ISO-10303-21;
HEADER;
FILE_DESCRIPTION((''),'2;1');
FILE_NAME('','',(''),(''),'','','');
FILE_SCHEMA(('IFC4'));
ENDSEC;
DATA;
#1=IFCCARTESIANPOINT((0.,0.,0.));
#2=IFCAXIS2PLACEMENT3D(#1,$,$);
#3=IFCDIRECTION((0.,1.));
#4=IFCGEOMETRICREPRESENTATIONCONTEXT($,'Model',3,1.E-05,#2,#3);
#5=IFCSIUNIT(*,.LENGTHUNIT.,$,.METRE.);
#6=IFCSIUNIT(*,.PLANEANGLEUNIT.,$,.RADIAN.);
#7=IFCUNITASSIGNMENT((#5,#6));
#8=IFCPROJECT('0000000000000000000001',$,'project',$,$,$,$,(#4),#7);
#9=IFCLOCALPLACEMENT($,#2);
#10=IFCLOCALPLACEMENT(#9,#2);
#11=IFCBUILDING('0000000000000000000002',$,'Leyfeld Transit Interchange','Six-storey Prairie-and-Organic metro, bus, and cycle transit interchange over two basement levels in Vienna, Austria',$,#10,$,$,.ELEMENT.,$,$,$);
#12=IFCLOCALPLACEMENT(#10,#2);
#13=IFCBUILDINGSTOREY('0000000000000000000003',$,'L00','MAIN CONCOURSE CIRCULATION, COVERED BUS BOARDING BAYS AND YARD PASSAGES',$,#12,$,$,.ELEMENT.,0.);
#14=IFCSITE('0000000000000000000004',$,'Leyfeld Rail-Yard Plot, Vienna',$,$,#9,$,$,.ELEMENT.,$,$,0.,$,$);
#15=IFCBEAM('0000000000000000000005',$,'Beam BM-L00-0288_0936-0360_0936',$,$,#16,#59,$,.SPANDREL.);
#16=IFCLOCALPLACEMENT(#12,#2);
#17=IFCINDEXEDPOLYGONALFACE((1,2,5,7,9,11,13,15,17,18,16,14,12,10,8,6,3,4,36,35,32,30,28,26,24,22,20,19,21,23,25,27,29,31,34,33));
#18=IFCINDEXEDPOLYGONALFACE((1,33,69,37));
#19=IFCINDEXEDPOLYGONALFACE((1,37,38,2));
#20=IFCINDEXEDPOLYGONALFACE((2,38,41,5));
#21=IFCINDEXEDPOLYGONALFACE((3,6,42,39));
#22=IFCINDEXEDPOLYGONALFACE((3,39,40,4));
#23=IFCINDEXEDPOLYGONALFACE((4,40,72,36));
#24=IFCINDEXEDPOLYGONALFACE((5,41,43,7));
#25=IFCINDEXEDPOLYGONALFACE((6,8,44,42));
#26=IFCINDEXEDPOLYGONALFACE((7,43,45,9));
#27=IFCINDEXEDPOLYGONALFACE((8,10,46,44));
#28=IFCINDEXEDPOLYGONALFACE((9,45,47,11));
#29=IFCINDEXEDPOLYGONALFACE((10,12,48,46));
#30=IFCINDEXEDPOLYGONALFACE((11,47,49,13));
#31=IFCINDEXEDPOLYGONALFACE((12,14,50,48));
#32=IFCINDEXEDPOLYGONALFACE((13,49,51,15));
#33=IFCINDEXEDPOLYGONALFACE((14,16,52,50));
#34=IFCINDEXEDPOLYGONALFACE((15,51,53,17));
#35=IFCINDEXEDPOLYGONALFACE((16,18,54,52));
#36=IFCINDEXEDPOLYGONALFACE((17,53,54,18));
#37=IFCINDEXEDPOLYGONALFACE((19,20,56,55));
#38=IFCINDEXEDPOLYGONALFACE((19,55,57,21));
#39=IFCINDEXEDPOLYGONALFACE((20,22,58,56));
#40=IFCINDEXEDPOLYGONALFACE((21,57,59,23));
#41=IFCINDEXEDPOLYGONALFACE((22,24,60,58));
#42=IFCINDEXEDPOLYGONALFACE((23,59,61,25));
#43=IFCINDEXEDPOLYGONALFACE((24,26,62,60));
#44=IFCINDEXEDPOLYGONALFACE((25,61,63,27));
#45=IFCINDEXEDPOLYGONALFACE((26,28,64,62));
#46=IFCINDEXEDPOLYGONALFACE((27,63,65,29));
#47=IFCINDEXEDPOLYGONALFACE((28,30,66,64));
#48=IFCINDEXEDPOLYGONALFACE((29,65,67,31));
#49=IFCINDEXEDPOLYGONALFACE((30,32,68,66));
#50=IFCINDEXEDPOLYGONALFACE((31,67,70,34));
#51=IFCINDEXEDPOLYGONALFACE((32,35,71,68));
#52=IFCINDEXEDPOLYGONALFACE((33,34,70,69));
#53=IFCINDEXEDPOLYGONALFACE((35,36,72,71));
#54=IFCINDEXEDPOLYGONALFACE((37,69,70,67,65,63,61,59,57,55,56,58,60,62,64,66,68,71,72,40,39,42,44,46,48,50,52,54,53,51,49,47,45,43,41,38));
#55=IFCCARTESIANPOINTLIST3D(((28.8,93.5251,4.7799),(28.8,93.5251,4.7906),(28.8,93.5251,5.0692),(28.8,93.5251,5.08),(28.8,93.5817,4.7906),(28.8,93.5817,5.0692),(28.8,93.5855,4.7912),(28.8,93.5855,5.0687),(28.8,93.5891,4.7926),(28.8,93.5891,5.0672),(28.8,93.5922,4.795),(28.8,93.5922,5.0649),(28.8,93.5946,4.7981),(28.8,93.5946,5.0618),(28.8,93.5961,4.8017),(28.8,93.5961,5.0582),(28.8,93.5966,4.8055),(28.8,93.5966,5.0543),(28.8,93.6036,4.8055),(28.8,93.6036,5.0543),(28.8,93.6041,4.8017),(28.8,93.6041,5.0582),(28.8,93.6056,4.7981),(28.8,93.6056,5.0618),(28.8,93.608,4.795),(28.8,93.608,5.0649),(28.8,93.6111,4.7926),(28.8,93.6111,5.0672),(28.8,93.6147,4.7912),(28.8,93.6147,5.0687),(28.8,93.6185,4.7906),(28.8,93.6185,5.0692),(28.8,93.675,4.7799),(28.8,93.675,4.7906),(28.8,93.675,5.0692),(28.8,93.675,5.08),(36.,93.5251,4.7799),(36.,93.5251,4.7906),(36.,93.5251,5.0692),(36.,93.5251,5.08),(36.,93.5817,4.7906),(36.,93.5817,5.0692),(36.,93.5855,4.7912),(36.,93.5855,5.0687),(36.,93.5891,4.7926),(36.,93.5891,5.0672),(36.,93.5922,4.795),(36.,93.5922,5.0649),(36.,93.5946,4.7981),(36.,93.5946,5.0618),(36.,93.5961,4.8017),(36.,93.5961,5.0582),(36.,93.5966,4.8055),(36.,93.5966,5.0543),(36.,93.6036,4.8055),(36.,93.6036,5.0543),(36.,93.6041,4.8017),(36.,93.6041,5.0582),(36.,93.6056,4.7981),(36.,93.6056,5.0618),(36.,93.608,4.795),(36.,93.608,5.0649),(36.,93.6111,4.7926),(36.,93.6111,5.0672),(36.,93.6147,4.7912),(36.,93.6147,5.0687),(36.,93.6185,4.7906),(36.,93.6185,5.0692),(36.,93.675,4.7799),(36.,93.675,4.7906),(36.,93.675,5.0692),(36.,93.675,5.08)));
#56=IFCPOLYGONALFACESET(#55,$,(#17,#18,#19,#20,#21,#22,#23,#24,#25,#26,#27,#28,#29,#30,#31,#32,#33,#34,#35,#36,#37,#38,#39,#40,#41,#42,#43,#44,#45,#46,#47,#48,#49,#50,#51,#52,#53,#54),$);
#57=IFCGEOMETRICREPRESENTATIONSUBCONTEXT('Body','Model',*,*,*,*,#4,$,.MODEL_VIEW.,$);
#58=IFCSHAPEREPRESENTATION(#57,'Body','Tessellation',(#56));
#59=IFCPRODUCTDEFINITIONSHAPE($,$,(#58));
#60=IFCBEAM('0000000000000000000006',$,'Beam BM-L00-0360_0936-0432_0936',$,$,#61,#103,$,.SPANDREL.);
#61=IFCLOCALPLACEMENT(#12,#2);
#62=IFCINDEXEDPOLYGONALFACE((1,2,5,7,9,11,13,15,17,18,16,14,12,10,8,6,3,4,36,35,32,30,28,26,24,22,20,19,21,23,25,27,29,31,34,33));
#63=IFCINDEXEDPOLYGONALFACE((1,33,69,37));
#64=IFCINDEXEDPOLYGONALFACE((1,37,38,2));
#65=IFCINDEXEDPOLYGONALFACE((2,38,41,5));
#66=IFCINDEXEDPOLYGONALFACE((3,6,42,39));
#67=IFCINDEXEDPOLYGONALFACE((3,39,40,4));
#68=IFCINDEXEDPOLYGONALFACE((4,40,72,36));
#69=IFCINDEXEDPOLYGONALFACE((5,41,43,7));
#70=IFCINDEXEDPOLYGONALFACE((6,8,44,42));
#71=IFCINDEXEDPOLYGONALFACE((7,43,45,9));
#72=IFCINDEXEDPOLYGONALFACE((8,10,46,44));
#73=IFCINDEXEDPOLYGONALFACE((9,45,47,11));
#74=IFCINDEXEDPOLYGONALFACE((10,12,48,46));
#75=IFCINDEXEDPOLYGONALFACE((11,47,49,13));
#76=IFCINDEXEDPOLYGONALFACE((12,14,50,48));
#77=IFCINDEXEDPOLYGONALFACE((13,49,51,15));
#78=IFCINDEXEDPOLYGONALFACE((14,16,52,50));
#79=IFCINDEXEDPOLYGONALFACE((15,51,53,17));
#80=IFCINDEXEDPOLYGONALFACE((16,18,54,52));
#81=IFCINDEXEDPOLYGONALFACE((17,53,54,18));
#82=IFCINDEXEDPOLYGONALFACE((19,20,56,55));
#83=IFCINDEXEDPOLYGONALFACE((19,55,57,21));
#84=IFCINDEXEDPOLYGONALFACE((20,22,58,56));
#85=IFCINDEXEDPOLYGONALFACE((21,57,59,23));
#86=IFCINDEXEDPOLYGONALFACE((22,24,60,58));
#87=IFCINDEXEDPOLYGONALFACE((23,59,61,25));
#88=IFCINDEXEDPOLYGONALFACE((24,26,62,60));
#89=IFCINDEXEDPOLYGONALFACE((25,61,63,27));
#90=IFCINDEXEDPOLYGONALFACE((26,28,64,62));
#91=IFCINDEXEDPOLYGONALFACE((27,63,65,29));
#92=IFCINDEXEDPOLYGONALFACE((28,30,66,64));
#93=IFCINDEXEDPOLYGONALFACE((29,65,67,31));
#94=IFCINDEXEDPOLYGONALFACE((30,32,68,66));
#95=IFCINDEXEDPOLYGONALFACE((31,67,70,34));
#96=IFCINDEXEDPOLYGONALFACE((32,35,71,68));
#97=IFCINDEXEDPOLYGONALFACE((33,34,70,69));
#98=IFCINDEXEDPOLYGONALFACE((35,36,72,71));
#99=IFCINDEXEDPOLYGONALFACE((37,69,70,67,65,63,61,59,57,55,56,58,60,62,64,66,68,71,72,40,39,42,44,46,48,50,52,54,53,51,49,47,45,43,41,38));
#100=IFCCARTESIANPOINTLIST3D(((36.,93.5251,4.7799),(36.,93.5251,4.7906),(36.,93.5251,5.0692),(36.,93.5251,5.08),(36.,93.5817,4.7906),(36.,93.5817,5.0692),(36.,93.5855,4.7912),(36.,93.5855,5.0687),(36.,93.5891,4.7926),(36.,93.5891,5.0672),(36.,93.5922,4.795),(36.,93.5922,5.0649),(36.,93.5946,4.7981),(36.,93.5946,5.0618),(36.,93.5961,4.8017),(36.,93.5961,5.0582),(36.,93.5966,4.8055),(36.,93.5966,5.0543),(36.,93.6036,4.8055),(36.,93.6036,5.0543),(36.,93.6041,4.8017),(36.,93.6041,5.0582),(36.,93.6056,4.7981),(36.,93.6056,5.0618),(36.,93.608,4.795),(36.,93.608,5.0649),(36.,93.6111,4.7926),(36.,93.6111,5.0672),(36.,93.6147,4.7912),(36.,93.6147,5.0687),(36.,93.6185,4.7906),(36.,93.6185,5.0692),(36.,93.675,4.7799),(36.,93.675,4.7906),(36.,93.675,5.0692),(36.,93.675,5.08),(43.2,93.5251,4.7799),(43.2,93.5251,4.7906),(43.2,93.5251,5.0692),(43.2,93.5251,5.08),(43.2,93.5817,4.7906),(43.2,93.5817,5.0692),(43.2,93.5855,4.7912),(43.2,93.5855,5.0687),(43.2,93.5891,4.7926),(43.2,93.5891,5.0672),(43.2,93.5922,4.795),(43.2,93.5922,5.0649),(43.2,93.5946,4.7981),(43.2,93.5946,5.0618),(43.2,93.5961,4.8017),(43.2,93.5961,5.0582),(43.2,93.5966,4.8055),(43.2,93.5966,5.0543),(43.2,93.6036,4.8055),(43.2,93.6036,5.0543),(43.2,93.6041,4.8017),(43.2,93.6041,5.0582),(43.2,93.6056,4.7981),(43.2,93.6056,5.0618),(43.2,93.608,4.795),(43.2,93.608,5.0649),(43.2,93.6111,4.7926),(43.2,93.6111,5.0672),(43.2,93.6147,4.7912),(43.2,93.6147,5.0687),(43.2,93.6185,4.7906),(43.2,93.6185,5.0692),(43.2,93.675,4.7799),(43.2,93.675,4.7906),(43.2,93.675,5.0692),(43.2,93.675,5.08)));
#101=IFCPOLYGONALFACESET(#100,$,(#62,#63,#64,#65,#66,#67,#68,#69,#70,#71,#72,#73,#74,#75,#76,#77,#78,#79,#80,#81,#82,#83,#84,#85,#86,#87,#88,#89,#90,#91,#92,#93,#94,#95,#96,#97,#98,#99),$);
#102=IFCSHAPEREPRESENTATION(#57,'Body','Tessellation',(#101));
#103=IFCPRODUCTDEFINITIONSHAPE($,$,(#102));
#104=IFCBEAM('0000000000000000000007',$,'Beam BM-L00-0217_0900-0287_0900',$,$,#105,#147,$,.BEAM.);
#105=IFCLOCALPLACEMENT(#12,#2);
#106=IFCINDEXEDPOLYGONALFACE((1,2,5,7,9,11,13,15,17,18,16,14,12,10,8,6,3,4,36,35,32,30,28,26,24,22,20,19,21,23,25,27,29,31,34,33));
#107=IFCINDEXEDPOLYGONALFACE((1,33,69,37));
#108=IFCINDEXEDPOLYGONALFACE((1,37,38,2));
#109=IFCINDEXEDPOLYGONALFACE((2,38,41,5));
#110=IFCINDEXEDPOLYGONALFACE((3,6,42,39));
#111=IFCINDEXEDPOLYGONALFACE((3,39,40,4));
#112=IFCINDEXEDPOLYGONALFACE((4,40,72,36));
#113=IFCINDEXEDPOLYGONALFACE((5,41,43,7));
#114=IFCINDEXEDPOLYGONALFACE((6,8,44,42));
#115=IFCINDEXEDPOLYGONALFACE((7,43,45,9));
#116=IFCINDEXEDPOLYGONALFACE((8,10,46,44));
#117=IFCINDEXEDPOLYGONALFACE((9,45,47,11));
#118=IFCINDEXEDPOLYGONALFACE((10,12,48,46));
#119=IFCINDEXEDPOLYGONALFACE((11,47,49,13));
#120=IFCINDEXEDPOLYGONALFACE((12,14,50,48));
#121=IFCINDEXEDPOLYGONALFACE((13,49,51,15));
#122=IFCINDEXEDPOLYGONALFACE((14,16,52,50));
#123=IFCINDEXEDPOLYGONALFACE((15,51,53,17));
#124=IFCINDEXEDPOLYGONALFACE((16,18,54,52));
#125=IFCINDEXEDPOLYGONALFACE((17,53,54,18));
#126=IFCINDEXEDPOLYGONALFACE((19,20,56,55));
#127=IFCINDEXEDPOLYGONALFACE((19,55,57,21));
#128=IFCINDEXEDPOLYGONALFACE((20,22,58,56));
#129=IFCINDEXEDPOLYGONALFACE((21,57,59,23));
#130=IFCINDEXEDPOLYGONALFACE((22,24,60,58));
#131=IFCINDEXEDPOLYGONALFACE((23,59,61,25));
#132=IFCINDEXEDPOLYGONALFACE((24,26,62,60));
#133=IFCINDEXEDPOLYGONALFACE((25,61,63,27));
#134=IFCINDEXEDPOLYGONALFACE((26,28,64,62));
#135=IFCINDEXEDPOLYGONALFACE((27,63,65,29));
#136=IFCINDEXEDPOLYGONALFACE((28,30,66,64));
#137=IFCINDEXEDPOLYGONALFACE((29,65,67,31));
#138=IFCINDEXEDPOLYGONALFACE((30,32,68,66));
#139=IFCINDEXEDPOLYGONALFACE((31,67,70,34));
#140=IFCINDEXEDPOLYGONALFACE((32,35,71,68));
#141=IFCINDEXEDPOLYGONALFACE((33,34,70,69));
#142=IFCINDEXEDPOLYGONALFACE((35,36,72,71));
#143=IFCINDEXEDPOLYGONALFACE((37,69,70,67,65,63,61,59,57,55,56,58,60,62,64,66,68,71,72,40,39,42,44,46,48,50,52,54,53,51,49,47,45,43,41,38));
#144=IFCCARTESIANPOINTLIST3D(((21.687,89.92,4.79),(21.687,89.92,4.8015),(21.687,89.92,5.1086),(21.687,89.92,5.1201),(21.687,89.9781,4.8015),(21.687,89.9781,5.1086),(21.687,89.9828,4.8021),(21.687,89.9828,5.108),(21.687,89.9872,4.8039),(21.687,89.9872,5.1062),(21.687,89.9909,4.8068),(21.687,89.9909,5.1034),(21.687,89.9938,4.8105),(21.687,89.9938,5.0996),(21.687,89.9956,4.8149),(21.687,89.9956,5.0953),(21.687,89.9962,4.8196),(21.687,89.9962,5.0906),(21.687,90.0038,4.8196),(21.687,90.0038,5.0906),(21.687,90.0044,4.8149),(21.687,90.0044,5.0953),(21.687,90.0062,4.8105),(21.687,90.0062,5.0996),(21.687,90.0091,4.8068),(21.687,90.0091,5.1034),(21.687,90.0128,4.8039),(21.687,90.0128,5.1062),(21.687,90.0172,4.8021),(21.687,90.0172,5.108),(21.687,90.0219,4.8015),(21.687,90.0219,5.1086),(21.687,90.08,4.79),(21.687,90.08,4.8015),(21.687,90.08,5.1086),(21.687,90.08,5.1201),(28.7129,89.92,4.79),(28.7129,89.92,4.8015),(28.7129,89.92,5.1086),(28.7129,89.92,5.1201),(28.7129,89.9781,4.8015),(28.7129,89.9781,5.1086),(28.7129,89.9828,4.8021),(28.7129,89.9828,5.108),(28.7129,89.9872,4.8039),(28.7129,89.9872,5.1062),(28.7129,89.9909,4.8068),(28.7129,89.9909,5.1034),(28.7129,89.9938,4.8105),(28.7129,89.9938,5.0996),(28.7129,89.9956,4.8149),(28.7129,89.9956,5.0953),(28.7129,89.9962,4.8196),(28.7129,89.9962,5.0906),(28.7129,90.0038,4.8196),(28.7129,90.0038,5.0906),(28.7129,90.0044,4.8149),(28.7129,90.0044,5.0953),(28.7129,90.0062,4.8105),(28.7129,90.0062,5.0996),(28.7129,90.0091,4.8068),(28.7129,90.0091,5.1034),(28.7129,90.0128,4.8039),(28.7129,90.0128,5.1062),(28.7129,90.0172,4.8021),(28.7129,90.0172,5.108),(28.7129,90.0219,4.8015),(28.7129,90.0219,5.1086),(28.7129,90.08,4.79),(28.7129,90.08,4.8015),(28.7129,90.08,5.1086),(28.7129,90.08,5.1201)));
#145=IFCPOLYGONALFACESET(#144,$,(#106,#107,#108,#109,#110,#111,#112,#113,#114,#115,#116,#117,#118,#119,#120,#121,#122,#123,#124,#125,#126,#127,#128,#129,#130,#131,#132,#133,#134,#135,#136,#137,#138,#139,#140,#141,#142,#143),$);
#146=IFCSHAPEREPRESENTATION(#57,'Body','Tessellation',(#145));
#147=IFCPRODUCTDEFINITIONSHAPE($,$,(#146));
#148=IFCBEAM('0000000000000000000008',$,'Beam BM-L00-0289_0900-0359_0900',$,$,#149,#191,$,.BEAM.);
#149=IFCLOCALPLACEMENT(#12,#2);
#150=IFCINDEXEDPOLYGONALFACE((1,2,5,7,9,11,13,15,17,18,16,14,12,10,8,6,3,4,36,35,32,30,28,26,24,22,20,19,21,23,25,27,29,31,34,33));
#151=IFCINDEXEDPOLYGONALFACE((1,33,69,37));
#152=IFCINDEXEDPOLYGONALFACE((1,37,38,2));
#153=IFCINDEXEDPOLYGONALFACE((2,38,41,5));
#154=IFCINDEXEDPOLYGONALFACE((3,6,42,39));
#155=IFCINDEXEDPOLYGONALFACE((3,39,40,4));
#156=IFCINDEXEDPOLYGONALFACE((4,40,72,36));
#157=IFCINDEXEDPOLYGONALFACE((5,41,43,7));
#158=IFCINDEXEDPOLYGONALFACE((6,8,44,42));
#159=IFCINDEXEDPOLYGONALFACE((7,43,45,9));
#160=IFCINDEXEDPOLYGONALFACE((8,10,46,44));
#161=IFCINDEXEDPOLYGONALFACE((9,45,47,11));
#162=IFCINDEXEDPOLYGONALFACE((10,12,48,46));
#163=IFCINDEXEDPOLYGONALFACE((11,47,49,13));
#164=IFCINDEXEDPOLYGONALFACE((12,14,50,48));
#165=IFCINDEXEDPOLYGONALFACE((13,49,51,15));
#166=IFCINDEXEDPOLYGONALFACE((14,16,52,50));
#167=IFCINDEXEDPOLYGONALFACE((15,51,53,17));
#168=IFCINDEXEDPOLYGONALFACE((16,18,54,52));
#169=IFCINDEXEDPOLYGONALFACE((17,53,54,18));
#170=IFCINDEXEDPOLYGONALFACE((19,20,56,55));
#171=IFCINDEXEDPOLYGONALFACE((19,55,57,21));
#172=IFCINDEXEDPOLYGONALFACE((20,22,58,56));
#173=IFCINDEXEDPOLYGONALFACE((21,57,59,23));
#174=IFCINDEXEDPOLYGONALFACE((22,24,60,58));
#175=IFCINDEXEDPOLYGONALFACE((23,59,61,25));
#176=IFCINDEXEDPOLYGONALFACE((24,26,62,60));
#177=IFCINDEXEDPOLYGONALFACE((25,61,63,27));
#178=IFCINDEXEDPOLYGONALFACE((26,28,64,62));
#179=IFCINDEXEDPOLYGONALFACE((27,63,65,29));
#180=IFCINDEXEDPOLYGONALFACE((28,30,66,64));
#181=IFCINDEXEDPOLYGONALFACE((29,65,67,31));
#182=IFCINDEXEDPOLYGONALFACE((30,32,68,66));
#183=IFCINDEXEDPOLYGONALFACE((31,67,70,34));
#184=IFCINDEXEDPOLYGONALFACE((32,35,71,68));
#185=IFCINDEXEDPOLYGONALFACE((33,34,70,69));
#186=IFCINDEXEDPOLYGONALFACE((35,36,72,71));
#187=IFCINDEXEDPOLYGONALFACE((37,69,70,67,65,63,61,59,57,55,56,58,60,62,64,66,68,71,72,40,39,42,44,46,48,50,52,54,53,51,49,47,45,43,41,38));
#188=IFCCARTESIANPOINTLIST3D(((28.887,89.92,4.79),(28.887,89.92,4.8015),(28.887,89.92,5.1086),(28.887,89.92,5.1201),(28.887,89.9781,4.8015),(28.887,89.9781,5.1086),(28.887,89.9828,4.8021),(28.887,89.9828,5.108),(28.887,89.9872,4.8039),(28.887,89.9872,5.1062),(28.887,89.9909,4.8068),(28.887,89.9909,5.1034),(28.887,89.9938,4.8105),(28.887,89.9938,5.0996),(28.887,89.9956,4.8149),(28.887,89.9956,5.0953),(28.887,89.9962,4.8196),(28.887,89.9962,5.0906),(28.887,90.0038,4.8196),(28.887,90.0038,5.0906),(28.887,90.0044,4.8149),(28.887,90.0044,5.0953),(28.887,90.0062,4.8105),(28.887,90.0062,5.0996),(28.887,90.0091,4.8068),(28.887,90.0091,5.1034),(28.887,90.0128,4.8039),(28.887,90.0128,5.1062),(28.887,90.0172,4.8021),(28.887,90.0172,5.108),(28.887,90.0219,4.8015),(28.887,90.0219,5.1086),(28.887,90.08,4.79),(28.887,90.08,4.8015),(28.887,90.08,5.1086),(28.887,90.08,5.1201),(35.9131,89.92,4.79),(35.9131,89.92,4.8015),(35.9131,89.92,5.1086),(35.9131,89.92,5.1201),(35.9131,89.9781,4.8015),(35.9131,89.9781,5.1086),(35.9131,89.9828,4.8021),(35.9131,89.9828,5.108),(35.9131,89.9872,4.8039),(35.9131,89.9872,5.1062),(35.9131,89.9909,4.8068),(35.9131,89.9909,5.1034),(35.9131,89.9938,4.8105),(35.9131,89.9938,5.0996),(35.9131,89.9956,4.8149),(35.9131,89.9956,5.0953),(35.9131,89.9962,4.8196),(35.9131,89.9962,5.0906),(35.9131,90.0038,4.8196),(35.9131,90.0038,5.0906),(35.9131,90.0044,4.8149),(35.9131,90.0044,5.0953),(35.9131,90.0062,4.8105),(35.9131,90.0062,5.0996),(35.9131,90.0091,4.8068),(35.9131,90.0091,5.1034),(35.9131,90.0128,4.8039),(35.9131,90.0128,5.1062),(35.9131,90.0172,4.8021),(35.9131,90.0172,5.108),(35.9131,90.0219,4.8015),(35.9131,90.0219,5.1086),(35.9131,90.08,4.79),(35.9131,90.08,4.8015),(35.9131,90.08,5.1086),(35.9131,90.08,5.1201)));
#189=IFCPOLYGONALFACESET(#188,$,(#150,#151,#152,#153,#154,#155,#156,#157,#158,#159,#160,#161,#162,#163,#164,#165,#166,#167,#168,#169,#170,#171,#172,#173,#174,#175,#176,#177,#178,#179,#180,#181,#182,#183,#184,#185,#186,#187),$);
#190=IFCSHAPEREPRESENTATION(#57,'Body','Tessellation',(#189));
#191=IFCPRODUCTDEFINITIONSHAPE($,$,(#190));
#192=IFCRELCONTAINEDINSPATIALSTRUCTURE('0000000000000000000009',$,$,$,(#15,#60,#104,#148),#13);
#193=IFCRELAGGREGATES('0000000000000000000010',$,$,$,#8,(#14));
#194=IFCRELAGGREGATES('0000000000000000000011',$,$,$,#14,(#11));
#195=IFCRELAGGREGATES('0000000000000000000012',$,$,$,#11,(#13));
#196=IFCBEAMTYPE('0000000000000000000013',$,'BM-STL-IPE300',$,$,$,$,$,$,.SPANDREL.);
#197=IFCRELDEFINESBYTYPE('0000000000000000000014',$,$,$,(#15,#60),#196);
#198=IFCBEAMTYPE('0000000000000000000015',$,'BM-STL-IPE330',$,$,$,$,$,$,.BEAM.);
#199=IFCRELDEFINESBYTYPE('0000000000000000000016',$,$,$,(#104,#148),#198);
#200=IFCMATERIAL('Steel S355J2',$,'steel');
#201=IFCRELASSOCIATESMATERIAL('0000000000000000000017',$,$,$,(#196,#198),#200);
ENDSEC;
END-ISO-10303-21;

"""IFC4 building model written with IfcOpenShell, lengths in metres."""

from ifc_helpers import new_model, si_unit, direction, frame, origin, origin_2d, place, context, subcontext, project, spatial, i_section, extrude, material, material_profile, profile_set, type_object, element, save


model = new_model("IFC4")

# Units and contexts
model_context = context("Model", 3, precision=1e-05, world=origin(), true_north=direction((0.0, 1.0)))
body_context = subcontext(model_context, "Body", "Model", "MODEL_VIEW")
ifc_project = project(units=[si_unit("LENGTHUNIT", "METRE"), si_unit("PLANEANGLEUNIT", "RADIAN")], contexts=[model_context])

# Site, building, storey
site_placement = place(None, origin())
site = spatial("IfcSite", under=ifc_project, at=site_placement, Name="Leyfeld Rail-Yard Plot, Vienna", CompositionType="ELEMENT", RefElevation=0.0)
building_placement = place(site_placement, origin())
building = spatial("IfcBuilding", under=site, at=building_placement, Name="Leyfeld Transit Interchange", Description="Six-storey Prairie-and-Organic metro, bus, and cycle transit interchange over two basement levels in Vienna, Austria", CompositionType="ELEMENT")
storey_placement = place(building_placement, origin())
storey = spatial("IfcBuildingStorey", under=building, at=storey_placement, Name="L00", Description="MAIN CONCOURSE CIRCULATION, COVERED BUS BOARDING BAYS AND YARD PASSAGES", CompositionType="ELEMENT", Elevation=0.0)

# Beams
ifc_material_1 = material(Name="Steel S355J2", Category="steel")
ifc_material_profile_1 = material_profile(ifc_material_1, i_section(OverallWidth=0.1499, OverallDepth=0.3, WebThickness=0.0071, FlangeThickness=0.0107, FilletRadius=0.0149, at=origin_2d()), Name="IPE 300")
ifc_profile_set_1 = profile_set([ifc_material_profile_1], Name="Steel S355J2")
beam_type_1 = type_object("IfcBeamType", Name="BM-STL-IPE300", PredefinedType="SPANDREL", material=ifc_profile_set_1)
for number, where, z_axis, x_axis, name in (
    (1, (28.8, 93.6001, 4.9299), (1.0, 0.0, 0.0), (0.0, 1.0, 0.0), "Beam BM-L00-0288_0936-0360_0936"),
    (2, (36.0, 93.6001, 4.9299), (1.0, 0.0, 0.0), (0.0, 1.0, 0.0), "Beam BM-L00-0360_0936-0432_0936"),
):
    element("IfcBeam", number, at=place(storey_placement, frame(where, z_axis=z_axis, x_axis=x_axis)), inside=storey, type_object=beam_type_1, Name=name, PredefinedType="SPANDREL", context=body_context, shape_type="SweptSolid", body=[
        extrude(i_section(OverallWidth=0.1499, OverallDepth=0.3, WebThickness=0.0071, FlangeThickness=0.0107, FilletRadius=0.0149, at=origin_2d()), origin(), (0.0, 0.0, 1.0), 7.2),
    ])
ifc_material_profile_2 = material_profile(ifc_material_1, i_section(OverallWidth=0.1599, OverallDepth=0.3301, WebThickness=0.0076, FlangeThickness=0.0115, FilletRadius=0.0181, at=origin_2d()), Name="IPE 330")
ifc_profile_set_2 = profile_set([ifc_material_profile_2], Name="Steel S355J2")
beam_type_2 = type_object("IfcBeamType", Name="BM-STL-IPE330", PredefinedType="BEAM", material=ifc_profile_set_2)
beam_1_placement = place(storey_placement, frame((21.687, 90.0, 4.9551), z_axis=(1.0, 0.0, 0.0), x_axis=(0.0, 1.0, 0.0)))
element("IfcBeam", 3, at=beam_1_placement, inside=storey, type_object=beam_type_2, Name="Beam BM-L00-0217_0900-0287_0900", PredefinedType="BEAM", context=body_context, shape_type="SweptSolid", body=[
    extrude(i_section(OverallWidth=0.1599, OverallDepth=0.3301, WebThickness=0.0076, FlangeThickness=0.0115, FilletRadius=0.0181, at=origin_2d()), origin(), (0.0, 0.0, 1.0), 7.0259),
])
beam_2_placement = place(storey_placement, frame((28.887, 90.0, 4.9551), z_axis=(1.0, 0.0, 0.0), x_axis=(0.0, 1.0, 0.0)))
element("IfcBeam", 4, at=beam_2_placement, inside=storey, type_object=beam_type_2, Name="Beam BM-L00-0289_0900-0359_0900", PredefinedType="BEAM", context=body_context, shape_type="SweptSolid", body=[
    extrude(i_section(OverallWidth=0.1599, OverallDepth=0.3301, WebThickness=0.0076, FlangeThickness=0.0115, FilletRadius=0.0181, at=origin_2d()), origin(), (0.0, 0.0, 1.0), 7.0261),
])

save(model, "model.ifc")
